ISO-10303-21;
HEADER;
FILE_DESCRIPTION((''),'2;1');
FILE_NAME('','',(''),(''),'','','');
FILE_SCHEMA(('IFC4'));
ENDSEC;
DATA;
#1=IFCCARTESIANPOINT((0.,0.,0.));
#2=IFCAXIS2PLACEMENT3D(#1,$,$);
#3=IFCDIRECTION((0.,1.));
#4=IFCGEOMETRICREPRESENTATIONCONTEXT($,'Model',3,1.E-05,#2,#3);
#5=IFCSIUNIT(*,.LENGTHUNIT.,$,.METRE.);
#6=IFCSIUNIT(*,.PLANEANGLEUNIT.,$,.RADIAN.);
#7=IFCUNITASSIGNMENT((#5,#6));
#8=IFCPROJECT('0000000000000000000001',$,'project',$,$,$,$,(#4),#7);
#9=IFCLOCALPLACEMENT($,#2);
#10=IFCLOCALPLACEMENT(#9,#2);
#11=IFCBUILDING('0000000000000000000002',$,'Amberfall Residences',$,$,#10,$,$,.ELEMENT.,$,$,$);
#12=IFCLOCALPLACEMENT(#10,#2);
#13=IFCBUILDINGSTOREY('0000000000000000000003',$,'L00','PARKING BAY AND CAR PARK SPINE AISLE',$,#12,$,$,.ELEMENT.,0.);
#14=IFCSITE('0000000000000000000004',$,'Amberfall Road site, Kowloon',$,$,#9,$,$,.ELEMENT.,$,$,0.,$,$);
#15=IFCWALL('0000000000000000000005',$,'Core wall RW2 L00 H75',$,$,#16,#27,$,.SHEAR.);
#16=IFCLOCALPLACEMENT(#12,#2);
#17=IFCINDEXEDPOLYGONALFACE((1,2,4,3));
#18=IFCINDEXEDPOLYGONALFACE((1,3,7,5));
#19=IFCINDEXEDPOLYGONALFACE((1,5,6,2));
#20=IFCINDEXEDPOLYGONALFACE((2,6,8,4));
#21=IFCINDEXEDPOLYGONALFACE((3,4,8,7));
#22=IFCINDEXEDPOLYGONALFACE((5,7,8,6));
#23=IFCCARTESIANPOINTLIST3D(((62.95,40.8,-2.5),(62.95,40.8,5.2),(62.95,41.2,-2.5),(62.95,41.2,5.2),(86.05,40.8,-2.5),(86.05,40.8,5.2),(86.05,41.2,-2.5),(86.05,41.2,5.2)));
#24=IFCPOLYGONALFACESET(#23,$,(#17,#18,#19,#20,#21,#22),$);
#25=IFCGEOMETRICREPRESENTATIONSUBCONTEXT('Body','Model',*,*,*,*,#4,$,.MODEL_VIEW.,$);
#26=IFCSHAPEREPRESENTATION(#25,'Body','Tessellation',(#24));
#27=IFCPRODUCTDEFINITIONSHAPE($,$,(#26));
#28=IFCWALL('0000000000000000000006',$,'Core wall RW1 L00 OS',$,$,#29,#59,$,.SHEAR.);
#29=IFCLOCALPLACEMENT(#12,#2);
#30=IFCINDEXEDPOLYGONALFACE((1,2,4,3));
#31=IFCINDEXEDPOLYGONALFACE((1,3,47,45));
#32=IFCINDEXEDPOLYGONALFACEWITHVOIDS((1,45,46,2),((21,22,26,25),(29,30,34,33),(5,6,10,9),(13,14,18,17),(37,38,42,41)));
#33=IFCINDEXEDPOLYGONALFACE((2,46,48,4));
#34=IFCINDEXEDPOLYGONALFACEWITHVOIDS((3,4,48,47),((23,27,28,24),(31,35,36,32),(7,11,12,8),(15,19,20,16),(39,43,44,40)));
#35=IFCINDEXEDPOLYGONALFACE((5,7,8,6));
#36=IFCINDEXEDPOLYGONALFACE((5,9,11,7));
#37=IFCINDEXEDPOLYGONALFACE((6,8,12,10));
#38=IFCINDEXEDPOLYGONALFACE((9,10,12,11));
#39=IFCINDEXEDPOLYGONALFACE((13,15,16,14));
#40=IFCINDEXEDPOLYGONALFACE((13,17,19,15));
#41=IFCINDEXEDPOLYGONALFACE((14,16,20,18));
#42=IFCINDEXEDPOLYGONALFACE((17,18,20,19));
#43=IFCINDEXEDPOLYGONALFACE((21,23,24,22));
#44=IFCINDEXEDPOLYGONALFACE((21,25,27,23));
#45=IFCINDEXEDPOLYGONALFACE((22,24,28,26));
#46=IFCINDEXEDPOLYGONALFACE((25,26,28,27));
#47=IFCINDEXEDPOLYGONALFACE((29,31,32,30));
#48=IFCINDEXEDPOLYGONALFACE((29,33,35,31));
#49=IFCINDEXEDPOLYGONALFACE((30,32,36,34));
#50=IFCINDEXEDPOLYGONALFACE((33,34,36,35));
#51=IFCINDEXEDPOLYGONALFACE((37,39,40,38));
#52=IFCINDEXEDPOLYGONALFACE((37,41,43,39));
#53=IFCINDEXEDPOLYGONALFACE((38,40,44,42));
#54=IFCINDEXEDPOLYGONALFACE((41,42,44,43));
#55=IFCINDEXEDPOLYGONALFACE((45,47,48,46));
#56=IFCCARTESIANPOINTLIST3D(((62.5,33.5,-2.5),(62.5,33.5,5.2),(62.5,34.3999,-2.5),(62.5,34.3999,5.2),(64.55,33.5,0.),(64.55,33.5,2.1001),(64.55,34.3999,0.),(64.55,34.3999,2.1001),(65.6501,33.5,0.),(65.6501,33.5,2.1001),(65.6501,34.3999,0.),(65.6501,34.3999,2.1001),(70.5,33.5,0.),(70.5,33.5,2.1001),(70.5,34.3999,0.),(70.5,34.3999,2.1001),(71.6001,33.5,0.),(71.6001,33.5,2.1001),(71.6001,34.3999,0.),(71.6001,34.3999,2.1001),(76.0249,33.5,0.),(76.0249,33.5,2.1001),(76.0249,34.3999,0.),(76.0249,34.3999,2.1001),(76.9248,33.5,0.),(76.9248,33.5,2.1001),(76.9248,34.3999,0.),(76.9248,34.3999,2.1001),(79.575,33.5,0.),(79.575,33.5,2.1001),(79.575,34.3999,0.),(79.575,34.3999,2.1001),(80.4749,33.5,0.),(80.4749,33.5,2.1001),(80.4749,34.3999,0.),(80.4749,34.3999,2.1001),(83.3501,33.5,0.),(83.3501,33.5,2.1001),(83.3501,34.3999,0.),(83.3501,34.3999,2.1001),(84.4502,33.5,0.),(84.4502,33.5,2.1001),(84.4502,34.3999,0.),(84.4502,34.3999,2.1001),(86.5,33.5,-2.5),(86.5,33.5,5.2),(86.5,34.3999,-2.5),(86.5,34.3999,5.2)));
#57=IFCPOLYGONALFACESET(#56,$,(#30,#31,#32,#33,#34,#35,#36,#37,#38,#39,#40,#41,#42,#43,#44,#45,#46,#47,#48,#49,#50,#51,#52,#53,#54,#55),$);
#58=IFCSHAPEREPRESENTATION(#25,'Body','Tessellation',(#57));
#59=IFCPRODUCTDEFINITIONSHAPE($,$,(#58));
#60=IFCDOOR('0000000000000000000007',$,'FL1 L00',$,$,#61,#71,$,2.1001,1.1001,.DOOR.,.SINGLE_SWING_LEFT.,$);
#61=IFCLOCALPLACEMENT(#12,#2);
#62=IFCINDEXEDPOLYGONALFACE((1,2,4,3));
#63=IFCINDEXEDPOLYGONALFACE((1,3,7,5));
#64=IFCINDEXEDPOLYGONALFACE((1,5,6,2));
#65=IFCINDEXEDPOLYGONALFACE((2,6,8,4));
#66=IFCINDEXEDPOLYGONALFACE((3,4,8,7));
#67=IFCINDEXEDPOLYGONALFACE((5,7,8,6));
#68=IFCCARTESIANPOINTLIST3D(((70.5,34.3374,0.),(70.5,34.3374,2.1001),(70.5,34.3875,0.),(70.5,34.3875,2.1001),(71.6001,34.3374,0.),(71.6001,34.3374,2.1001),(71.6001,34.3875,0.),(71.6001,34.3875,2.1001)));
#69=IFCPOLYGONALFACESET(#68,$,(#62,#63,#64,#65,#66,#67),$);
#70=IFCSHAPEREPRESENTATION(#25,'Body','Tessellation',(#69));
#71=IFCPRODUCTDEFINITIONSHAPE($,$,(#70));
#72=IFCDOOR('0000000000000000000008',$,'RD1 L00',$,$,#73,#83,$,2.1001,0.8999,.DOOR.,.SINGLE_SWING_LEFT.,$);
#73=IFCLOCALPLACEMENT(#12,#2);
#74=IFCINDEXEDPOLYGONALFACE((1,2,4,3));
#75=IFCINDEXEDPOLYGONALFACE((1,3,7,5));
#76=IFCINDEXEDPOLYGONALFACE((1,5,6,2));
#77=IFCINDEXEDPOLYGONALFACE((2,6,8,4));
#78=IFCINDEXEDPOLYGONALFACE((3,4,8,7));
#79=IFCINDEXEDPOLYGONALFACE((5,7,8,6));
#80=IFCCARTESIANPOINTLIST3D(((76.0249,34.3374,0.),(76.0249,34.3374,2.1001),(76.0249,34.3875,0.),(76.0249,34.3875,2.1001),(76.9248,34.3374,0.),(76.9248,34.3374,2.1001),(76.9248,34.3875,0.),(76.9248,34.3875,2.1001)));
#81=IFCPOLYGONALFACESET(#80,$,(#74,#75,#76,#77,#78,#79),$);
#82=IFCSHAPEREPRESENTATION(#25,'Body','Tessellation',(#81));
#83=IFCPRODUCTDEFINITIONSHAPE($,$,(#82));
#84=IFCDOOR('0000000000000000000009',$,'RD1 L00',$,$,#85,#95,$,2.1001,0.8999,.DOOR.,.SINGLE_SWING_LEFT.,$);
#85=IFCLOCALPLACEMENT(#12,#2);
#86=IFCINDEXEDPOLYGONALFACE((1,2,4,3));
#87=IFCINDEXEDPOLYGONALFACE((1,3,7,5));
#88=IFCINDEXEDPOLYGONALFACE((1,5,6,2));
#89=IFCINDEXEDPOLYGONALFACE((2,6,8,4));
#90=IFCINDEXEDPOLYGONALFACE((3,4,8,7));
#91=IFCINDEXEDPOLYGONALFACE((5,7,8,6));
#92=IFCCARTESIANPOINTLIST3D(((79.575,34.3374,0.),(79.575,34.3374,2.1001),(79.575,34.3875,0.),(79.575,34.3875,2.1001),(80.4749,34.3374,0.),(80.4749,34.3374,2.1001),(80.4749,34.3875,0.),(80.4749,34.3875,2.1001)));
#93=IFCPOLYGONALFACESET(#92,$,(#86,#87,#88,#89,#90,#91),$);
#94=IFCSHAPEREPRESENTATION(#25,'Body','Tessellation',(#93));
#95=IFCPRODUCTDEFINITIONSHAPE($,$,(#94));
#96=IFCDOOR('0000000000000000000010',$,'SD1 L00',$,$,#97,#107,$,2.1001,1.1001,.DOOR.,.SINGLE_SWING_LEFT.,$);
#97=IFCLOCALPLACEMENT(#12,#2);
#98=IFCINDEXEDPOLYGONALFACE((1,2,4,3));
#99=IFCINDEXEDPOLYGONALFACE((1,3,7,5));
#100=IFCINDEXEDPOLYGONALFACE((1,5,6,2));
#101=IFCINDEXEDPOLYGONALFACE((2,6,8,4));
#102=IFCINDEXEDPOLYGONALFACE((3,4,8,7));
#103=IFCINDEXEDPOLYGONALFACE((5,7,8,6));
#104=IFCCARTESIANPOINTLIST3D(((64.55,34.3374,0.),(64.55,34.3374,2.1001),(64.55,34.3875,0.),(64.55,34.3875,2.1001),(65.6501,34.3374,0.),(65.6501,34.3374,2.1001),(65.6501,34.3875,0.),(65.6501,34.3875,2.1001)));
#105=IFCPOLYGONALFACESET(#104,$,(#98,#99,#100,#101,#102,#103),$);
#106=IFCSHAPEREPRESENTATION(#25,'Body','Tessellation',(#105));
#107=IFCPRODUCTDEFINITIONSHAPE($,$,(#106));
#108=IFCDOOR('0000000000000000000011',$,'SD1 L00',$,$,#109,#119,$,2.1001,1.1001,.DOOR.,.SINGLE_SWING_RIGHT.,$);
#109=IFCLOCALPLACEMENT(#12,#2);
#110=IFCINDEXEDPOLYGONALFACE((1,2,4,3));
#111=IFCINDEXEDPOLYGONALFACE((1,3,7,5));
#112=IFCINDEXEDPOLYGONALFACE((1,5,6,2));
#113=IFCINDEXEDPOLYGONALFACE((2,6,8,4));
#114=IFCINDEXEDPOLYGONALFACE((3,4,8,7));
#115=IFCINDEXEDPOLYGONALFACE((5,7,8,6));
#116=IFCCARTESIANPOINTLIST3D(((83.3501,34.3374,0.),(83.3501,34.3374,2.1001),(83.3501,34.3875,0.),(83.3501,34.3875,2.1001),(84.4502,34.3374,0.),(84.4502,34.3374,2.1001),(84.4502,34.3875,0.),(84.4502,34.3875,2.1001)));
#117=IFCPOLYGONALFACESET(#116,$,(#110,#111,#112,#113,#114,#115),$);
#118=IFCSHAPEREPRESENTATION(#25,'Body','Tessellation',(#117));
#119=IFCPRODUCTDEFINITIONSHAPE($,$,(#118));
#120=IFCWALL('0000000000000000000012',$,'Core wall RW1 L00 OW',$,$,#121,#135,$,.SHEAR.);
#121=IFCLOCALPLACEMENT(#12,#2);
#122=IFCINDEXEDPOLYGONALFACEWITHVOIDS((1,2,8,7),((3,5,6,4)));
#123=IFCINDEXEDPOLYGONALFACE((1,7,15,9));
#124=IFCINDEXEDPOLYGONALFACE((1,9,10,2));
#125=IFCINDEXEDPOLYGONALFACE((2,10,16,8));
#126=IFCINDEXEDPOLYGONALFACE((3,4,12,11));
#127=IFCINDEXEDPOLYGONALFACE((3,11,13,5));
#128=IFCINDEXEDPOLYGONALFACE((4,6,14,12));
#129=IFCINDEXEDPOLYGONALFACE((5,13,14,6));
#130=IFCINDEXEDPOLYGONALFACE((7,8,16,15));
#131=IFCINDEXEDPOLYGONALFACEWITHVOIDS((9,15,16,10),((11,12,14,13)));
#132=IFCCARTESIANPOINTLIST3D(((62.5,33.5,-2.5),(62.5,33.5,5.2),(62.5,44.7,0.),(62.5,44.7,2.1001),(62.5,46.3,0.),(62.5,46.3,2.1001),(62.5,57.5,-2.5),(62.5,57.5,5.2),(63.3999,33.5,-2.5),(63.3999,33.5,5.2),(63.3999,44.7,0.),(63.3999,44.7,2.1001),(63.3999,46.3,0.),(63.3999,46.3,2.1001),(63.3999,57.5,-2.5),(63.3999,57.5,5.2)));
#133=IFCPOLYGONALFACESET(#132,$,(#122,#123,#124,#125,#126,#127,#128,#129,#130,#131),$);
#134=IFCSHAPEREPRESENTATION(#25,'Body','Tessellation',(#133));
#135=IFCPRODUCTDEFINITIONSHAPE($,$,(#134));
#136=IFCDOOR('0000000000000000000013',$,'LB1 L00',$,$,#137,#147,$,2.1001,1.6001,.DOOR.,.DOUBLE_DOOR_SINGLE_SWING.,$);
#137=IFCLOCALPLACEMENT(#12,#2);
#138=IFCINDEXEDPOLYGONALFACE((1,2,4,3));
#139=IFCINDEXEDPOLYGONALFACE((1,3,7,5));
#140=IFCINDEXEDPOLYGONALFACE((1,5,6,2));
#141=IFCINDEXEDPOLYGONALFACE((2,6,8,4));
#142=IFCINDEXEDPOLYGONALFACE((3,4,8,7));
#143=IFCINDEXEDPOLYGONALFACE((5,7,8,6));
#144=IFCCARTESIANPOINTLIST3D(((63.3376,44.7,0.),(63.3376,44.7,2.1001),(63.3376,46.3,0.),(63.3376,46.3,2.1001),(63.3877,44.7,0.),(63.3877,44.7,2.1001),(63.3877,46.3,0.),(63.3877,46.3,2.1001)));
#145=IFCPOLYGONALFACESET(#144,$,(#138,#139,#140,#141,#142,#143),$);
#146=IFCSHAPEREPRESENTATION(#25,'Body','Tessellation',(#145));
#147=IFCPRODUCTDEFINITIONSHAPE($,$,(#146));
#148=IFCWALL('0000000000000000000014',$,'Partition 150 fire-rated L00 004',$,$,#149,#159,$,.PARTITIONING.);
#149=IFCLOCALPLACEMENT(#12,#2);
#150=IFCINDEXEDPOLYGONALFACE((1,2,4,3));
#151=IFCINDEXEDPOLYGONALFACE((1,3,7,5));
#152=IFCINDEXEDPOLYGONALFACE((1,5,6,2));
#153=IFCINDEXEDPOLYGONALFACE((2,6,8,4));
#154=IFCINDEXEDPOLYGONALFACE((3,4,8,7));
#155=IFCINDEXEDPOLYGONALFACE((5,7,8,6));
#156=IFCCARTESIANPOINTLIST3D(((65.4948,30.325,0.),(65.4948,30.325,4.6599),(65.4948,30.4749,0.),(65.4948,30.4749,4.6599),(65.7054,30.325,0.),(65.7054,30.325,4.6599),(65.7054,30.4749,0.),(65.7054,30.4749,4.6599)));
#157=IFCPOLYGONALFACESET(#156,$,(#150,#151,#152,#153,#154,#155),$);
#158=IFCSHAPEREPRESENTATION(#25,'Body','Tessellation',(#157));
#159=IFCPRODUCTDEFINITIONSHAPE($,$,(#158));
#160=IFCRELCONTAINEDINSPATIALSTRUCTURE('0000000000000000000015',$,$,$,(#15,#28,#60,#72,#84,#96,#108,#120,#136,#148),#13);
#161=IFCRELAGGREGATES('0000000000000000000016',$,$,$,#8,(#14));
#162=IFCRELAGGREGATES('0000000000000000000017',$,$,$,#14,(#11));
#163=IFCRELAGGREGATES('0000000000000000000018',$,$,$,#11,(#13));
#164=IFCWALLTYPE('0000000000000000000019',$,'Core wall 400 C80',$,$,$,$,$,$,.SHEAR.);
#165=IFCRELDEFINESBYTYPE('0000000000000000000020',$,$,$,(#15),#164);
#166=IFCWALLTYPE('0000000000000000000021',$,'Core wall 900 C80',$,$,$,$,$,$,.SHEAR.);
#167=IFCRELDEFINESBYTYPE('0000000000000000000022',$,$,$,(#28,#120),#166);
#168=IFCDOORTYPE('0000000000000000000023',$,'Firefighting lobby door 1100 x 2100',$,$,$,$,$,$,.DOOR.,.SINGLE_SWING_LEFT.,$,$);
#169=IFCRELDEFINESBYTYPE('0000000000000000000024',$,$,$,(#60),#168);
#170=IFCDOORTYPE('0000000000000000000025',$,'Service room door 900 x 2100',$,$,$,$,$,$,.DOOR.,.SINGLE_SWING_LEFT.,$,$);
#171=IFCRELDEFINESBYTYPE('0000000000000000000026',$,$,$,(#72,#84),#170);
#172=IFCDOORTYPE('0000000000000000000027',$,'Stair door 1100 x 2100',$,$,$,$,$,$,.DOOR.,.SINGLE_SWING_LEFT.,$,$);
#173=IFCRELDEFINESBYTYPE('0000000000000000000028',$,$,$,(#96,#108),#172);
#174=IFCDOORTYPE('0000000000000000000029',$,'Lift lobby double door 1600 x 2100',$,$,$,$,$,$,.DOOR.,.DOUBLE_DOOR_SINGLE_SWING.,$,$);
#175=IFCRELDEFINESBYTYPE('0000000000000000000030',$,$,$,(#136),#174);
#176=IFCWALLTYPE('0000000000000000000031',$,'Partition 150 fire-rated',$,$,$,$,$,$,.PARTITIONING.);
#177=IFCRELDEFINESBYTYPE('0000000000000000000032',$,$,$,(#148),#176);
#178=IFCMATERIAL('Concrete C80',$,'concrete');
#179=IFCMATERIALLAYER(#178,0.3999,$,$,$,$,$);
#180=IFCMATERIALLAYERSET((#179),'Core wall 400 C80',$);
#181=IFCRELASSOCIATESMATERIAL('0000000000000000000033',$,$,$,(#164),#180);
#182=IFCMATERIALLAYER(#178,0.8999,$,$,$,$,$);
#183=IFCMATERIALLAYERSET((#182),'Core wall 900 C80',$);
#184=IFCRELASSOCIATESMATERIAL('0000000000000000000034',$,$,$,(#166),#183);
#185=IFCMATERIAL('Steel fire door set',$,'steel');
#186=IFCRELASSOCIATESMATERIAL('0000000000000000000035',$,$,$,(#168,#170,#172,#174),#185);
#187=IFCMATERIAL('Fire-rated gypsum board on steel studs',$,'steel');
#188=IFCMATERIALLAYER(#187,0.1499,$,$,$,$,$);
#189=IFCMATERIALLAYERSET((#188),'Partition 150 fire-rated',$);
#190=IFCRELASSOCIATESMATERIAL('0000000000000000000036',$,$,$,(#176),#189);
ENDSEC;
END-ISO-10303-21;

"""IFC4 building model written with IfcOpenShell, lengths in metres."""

from ifc_helpers import new_model, si_unit, direction, frame, frame_2d, origin, place, context, subcontext, project, spatial, rectangle, extrude, material, layer, layer_set, type_object, element, fill, save


model = new_model("IFC4")

# Units and contexts
model_context = context("Model", 3, precision=1e-05, world=origin(), true_north=direction((0.0, 1.0)))
body_context = subcontext(model_context, "Body", "Model", "MODEL_VIEW")
ifc_project = project(units=[si_unit("LENGTHUNIT", "METRE"), si_unit("PLANEANGLEUNIT", "RADIAN")], contexts=[model_context])

# Site, building, storey
site_placement = place(None, origin())
site = spatial("IfcSite", under=ifc_project, at=site_placement, Name="Amberfall Road site, Kowloon", CompositionType="ELEMENT", RefElevation=0.0)
building_placement = place(site_placement, origin())
building = spatial("IfcBuilding", under=site, at=building_placement, Name="Amberfall Residences", CompositionType="ELEMENT")
storey_placement = place(building_placement, origin())
storey = spatial("IfcBuildingStorey", under=building, at=storey_placement, Name="L00", Description="PARKING BAY AND CAR PARK SPINE AISLE", CompositionType="ELEMENT", Elevation=0.0)

# Wall
ifc_material_1 = material(Name="Concrete C80", Category="concrete")
ifc_layer_1 = layer(ifc_material_1, 0.3999)
ifc_layer_set_1 = layer_set([ifc_layer_1], Name="Core wall 400 C80")
wall_type_1 = type_object("IfcWallType", Name="Core wall 400 C80", PredefinedType="SHEAR", material=ifc_layer_set_1)
wall_1_placement = place(storey_placement, frame((62.95, 41.0, -2.5), z_axis=(0.0, 0.0, 1.0), x_axis=(1.0, 0.0, 0.0)))
element("IfcWall", 1, at=wall_1_placement, inside=storey, type_object=wall_type_1, Name="Core wall RW2 L00 H75", PredefinedType="SHEAR", context=body_context, shape_type="SweptSolid", body=[
    extrude(rectangle(XDim=23.1001, YDim=0.3999, at=frame_2d((11.55, 0.0))), origin(), (0.0, 0.0, 1.0), 7.7),
])

# Wall, openings, doors
ifc_layer_2 = layer(ifc_material_1, 0.8999)
ifc_layer_set_2 = layer_set([ifc_layer_2], Name="Core wall 900 C80")
wall_type_2 = type_object("IfcWallType", Name="Core wall 900 C80", PredefinedType="SHEAR", material=ifc_layer_set_2)
wall_2_placement = place(storey_placement, frame((62.5, 33.95, -2.5), z_axis=(0.0, 0.0, 1.0), x_axis=(1.0, 0.0, 0.0)))
wall_2 = element("IfcWall", 2, at=wall_2_placement, inside=storey, type_object=wall_type_2, Name="Core wall RW1 L00 OS", PredefinedType="SHEAR", context=body_context, shape_type="SweptSolid", body=[
    extrude(rectangle(XDim=24.0, YDim=0.8999, at=frame_2d((12.0, 0.0))), origin(), (0.0, 0.0, 1.0), 7.7),
])
opening_1_placement = place(wall_2_placement, frame((2.05, 0.0, 2.5)))
opening_1 = element("IfcOpeningElement", 3, at=opening_1_placement, cuts=wall_2, PredefinedType="OPENING", context=body_context, shape_type="SweptSolid", body=[
    extrude(rectangle(XDim=1.1001, YDim=2.1001, at=frame_2d((0.55, 1.05))), frame((0.0, 0.46, 0.0), z_axis=(0.0, -1.0, 0.0), x_axis=(1.0, 0.0, 0.0)), (0.0, 0.0, 1.0), 0.9199),
])
opening_2_placement = place(wall_2_placement, frame((20.8501, 0.0, 2.5)))
opening_2 = element("IfcOpeningElement", 4, at=opening_2_placement, cuts=wall_2, PredefinedType="OPENING", context=body_context, shape_type="SweptSolid", body=[
    extrude(rectangle(XDim=1.1001, YDim=2.1001, at=frame_2d((0.55, 1.05))), frame((0.0, 0.46, 0.0), z_axis=(0.0, -1.0, 0.0), x_axis=(1.0, 0.0, 0.0)), (0.0, 0.0, 1.0), 0.9199),
])
opening_3_placement = place(wall_2_placement, frame((8.0, 0.0, 2.5)))
opening_3 = element("IfcOpeningElement", 5, at=opening_3_placement, cuts=wall_2, PredefinedType="OPENING", context=body_context, shape_type="SweptSolid", body=[
    extrude(rectangle(XDim=1.1001, YDim=2.1001, at=frame_2d((0.55, 1.05))), frame((0.0, 0.46, 0.0), z_axis=(0.0, -1.0, 0.0), x_axis=(1.0, 0.0, 0.0)), (0.0, 0.0, 1.0), 0.9199),
])
opening_4_placement = place(wall_2_placement, frame((13.5249, 0.0, 2.5)))
opening_4 = element("IfcOpeningElement", 6, at=opening_4_placement, cuts=wall_2, PredefinedType="OPENING", context=body_context, shape_type="SweptSolid", body=[
    extrude(rectangle(XDim=0.8999, YDim=2.1001, at=frame_2d((0.45, 1.05))), frame((0.0, 0.46, 0.0), z_axis=(0.0, -1.0, 0.0), x_axis=(1.0, 0.0, 0.0)), (0.0, 0.0, 1.0), 0.9199),
])
opening_5_placement = place(wall_2_placement, frame((17.075, 0.0, 2.5)))
opening_5 = element("IfcOpeningElement", 7, at=opening_5_placement, cuts=wall_2, PredefinedType="OPENING", context=body_context, shape_type="SweptSolid", body=[
    extrude(rectangle(XDim=0.8999, YDim=2.1001, at=frame_2d((0.45, 1.05))), frame((0.0, 0.46, 0.0), z_axis=(0.0, -1.0, 0.0), x_axis=(1.0, 0.0, 0.0)), (0.0, 0.0, 1.0), 0.9199),
])
ifc_material_2 = material(Name="Steel fire door set", Category="steel")
door_type_1 = type_object("IfcDoorType", Name="Firefighting lobby door 1100 x 2100", OperationType="SINGLE_SWING_LEFT", PredefinedType="DOOR", material=ifc_material_2)
door_1_placement = place(opening_3_placement, origin())
door_1 = element("IfcDoor", 8, at=door_1_placement, inside=storey, type_object=door_type_1, Name="FL1 L00", OperationType="SINGLE_SWING_LEFT", OverallHeight=2.1001, OverallWidth=1.1001, PredefinedType="DOOR", context=body_context, shape_type="SweptSolid", body=[
    extrude(rectangle(XDim=1.1001, YDim=2.1001, at=frame_2d((0.55, 1.05))), frame((0.0, 0.4375, 0.0), z_axis=(0.0, -1.0, 0.0), x_axis=(1.0, 0.0, 0.0)), (0.0, 0.0, 1.0), 0.05),
])
fill(opening_3, door_1)
door_type_2 = type_object("IfcDoorType", Name="Service room door 900 x 2100", OperationType="SINGLE_SWING_LEFT", PredefinedType="DOOR", material=ifc_material_2)
door_2_placement = place(opening_4_placement, origin())
door_2 = element("IfcDoor", 9, at=door_2_placement, inside=storey, type_object=door_type_2, Name="RD1 L00", OperationType="SINGLE_SWING_LEFT", OverallHeight=2.1001, OverallWidth=0.8999, PredefinedType="DOOR", context=body_context, shape_type="SweptSolid", body=[
    extrude(rectangle(XDim=0.8999, YDim=2.1001, at=frame_2d((0.45, 1.05))), frame((0.0, 0.4375, 0.0), z_axis=(0.0, -1.0, 0.0), x_axis=(1.0, 0.0, 0.0)), (0.0, 0.0, 1.0), 0.05),
])
fill(opening_4, door_2)
door_3_placement = place(opening_5_placement, origin())
door_3 = element("IfcDoor", 10, at=door_3_placement, inside=storey, type_object=door_type_2, Name="RD1 L00", OperationType="SINGLE_SWING_LEFT", OverallHeight=2.1001, OverallWidth=0.8999, PredefinedType="DOOR", context=body_context, shape_type="SweptSolid", body=[
    extrude(rectangle(XDim=0.8999, YDim=2.1001, at=frame_2d((0.45, 1.05))), frame((0.0, 0.4375, 0.0), z_axis=(0.0, -1.0, 0.0), x_axis=(1.0, 0.0, 0.0)), (0.0, 0.0, 1.0), 0.05),
])
fill(opening_5, door_3)
door_type_3 = type_object("IfcDoorType", Name="Stair door 1100 x 2100", OperationType="SINGLE_SWING_LEFT", PredefinedType="DOOR", material=ifc_material_2)
door_4_placement = place(opening_1_placement, origin())
door_4 = element("IfcDoor", 11, at=door_4_placement, inside=storey, type_object=door_type_3, Name="SD1 L00", OperationType="SINGLE_SWING_LEFT", OverallHeight=2.1001, OverallWidth=1.1001, PredefinedType="DOOR", context=body_context, shape_type="SweptSolid", body=[
    extrude(rectangle(XDim=1.1001, YDim=2.1001, at=frame_2d((0.55, 1.05))), frame((0.0, 0.4375, 0.0), z_axis=(0.0, -1.0, 0.0), x_axis=(1.0, 0.0, 0.0)), (0.0, 0.0, 1.0), 0.05),
])
fill(opening_1, door_4)
door_5_placement = place(opening_2_placement, origin())
door_5 = element("IfcDoor", 12, at=door_5_placement, inside=storey, type_object=door_type_3, Name="SD1 L00", OperationType="SINGLE_SWING_RIGHT", OverallHeight=2.1001, OverallWidth=1.1001, PredefinedType="DOOR", context=body_context, shape_type="SweptSolid", body=[
    extrude(rectangle(XDim=1.1001, YDim=2.1001, at=frame_2d((0.55, 1.05))), frame((0.0, 0.4375, 0.0), z_axis=(0.0, -1.0, 0.0), x_axis=(1.0, 0.0, 0.0)), (0.0, 0.0, 1.0), 0.05),
])
fill(opening_2, door_5)

# Wall, opening, door
wall_3_placement = place(storey_placement, frame((62.95, 33.5, -2.5), z_axis=(0.0, 0.0, 1.0), x_axis=(0.0, 1.0, 0.0)))
wall_3 = element("IfcWall", 13, at=wall_3_placement, inside=storey, type_object=wall_type_2, Name="Core wall RW1 L00 OW", PredefinedType="SHEAR", context=body_context, shape_type="SweptSolid", body=[
    extrude(rectangle(XDim=24.0, YDim=0.8999, at=frame_2d((12.0, 0.0))), origin(), (0.0, 0.0, 1.0), 7.7),
])
opening_6_placement = place(wall_3_placement, frame((11.2, 0.0, 2.5)))
opening_6 = element("IfcOpeningElement", 14, at=opening_6_placement, cuts=wall_3, PredefinedType="OPENING", context=body_context, shape_type="SweptSolid", body=[
    extrude(rectangle(XDim=1.6001, YDim=2.1001, at=frame_2d((0.8, 1.05))), frame((0.0, 0.46, 0.0), z_axis=(0.0, -1.0, 0.0), x_axis=(1.0, 0.0, 0.0)), (0.0, 0.0, 1.0), 0.9199),
])
door_type_4 = type_object("IfcDoorType", Name="Lift lobby double door 1600 x 2100", OperationType="DOUBLE_DOOR_SINGLE_SWING", PredefinedType="DOOR", material=ifc_material_2)
door_6_placement = place(opening_6_placement, origin())
door_6 = element("IfcDoor", 15, at=door_6_placement, inside=storey, type_object=door_type_4, Name="LB1 L00", OperationType="DOUBLE_DOOR_SINGLE_SWING", OverallHeight=2.1001, OverallWidth=1.6001, PredefinedType="DOOR", context=body_context, shape_type="SweptSolid", body=[
    extrude(rectangle(XDim=1.6001, YDim=2.1001, at=frame_2d((0.8, 1.05))), frame((0.0, -0.3877, 0.0), z_axis=(0.0, -1.0, 0.0), x_axis=(1.0, 0.0, 0.0)), (0.0, 0.0, 1.0), 0.05),
])
fill(opening_6, door_6)

# Wall
ifc_material_3 = material(Name="Fire-rated gypsum board on steel studs", Category="steel")
ifc_layer_3 = layer(ifc_material_3, 0.1499)
ifc_layer_set_3 = layer_set([ifc_layer_3], Name="Partition 150 fire-rated")
wall_type_3 = type_object("IfcWallType", Name="Partition 150 fire-rated", PredefinedType="PARTITIONING", material=ifc_layer_set_3)
wall_4_placement = place(storey_placement, frame((65.4946, 30.3999, 0.0), z_axis=(0.0, 0.0, 1.0), x_axis=(1.0, 0.0, 0.0)))
element("IfcWall", 16, at=wall_4_placement, inside=storey, type_object=wall_type_3, Name="Partition 150 fire-rated L00 004", PredefinedType="PARTITIONING", context=body_context, shape_type="SweptSolid", body=[
    extrude(rectangle(XDim=0.2107, YDim=0.1499, at=frame_2d((0.1055, 0.0))), origin(), (0.0, 0.0, 1.0), 4.6599),
])

save(model, "model.ifc")
